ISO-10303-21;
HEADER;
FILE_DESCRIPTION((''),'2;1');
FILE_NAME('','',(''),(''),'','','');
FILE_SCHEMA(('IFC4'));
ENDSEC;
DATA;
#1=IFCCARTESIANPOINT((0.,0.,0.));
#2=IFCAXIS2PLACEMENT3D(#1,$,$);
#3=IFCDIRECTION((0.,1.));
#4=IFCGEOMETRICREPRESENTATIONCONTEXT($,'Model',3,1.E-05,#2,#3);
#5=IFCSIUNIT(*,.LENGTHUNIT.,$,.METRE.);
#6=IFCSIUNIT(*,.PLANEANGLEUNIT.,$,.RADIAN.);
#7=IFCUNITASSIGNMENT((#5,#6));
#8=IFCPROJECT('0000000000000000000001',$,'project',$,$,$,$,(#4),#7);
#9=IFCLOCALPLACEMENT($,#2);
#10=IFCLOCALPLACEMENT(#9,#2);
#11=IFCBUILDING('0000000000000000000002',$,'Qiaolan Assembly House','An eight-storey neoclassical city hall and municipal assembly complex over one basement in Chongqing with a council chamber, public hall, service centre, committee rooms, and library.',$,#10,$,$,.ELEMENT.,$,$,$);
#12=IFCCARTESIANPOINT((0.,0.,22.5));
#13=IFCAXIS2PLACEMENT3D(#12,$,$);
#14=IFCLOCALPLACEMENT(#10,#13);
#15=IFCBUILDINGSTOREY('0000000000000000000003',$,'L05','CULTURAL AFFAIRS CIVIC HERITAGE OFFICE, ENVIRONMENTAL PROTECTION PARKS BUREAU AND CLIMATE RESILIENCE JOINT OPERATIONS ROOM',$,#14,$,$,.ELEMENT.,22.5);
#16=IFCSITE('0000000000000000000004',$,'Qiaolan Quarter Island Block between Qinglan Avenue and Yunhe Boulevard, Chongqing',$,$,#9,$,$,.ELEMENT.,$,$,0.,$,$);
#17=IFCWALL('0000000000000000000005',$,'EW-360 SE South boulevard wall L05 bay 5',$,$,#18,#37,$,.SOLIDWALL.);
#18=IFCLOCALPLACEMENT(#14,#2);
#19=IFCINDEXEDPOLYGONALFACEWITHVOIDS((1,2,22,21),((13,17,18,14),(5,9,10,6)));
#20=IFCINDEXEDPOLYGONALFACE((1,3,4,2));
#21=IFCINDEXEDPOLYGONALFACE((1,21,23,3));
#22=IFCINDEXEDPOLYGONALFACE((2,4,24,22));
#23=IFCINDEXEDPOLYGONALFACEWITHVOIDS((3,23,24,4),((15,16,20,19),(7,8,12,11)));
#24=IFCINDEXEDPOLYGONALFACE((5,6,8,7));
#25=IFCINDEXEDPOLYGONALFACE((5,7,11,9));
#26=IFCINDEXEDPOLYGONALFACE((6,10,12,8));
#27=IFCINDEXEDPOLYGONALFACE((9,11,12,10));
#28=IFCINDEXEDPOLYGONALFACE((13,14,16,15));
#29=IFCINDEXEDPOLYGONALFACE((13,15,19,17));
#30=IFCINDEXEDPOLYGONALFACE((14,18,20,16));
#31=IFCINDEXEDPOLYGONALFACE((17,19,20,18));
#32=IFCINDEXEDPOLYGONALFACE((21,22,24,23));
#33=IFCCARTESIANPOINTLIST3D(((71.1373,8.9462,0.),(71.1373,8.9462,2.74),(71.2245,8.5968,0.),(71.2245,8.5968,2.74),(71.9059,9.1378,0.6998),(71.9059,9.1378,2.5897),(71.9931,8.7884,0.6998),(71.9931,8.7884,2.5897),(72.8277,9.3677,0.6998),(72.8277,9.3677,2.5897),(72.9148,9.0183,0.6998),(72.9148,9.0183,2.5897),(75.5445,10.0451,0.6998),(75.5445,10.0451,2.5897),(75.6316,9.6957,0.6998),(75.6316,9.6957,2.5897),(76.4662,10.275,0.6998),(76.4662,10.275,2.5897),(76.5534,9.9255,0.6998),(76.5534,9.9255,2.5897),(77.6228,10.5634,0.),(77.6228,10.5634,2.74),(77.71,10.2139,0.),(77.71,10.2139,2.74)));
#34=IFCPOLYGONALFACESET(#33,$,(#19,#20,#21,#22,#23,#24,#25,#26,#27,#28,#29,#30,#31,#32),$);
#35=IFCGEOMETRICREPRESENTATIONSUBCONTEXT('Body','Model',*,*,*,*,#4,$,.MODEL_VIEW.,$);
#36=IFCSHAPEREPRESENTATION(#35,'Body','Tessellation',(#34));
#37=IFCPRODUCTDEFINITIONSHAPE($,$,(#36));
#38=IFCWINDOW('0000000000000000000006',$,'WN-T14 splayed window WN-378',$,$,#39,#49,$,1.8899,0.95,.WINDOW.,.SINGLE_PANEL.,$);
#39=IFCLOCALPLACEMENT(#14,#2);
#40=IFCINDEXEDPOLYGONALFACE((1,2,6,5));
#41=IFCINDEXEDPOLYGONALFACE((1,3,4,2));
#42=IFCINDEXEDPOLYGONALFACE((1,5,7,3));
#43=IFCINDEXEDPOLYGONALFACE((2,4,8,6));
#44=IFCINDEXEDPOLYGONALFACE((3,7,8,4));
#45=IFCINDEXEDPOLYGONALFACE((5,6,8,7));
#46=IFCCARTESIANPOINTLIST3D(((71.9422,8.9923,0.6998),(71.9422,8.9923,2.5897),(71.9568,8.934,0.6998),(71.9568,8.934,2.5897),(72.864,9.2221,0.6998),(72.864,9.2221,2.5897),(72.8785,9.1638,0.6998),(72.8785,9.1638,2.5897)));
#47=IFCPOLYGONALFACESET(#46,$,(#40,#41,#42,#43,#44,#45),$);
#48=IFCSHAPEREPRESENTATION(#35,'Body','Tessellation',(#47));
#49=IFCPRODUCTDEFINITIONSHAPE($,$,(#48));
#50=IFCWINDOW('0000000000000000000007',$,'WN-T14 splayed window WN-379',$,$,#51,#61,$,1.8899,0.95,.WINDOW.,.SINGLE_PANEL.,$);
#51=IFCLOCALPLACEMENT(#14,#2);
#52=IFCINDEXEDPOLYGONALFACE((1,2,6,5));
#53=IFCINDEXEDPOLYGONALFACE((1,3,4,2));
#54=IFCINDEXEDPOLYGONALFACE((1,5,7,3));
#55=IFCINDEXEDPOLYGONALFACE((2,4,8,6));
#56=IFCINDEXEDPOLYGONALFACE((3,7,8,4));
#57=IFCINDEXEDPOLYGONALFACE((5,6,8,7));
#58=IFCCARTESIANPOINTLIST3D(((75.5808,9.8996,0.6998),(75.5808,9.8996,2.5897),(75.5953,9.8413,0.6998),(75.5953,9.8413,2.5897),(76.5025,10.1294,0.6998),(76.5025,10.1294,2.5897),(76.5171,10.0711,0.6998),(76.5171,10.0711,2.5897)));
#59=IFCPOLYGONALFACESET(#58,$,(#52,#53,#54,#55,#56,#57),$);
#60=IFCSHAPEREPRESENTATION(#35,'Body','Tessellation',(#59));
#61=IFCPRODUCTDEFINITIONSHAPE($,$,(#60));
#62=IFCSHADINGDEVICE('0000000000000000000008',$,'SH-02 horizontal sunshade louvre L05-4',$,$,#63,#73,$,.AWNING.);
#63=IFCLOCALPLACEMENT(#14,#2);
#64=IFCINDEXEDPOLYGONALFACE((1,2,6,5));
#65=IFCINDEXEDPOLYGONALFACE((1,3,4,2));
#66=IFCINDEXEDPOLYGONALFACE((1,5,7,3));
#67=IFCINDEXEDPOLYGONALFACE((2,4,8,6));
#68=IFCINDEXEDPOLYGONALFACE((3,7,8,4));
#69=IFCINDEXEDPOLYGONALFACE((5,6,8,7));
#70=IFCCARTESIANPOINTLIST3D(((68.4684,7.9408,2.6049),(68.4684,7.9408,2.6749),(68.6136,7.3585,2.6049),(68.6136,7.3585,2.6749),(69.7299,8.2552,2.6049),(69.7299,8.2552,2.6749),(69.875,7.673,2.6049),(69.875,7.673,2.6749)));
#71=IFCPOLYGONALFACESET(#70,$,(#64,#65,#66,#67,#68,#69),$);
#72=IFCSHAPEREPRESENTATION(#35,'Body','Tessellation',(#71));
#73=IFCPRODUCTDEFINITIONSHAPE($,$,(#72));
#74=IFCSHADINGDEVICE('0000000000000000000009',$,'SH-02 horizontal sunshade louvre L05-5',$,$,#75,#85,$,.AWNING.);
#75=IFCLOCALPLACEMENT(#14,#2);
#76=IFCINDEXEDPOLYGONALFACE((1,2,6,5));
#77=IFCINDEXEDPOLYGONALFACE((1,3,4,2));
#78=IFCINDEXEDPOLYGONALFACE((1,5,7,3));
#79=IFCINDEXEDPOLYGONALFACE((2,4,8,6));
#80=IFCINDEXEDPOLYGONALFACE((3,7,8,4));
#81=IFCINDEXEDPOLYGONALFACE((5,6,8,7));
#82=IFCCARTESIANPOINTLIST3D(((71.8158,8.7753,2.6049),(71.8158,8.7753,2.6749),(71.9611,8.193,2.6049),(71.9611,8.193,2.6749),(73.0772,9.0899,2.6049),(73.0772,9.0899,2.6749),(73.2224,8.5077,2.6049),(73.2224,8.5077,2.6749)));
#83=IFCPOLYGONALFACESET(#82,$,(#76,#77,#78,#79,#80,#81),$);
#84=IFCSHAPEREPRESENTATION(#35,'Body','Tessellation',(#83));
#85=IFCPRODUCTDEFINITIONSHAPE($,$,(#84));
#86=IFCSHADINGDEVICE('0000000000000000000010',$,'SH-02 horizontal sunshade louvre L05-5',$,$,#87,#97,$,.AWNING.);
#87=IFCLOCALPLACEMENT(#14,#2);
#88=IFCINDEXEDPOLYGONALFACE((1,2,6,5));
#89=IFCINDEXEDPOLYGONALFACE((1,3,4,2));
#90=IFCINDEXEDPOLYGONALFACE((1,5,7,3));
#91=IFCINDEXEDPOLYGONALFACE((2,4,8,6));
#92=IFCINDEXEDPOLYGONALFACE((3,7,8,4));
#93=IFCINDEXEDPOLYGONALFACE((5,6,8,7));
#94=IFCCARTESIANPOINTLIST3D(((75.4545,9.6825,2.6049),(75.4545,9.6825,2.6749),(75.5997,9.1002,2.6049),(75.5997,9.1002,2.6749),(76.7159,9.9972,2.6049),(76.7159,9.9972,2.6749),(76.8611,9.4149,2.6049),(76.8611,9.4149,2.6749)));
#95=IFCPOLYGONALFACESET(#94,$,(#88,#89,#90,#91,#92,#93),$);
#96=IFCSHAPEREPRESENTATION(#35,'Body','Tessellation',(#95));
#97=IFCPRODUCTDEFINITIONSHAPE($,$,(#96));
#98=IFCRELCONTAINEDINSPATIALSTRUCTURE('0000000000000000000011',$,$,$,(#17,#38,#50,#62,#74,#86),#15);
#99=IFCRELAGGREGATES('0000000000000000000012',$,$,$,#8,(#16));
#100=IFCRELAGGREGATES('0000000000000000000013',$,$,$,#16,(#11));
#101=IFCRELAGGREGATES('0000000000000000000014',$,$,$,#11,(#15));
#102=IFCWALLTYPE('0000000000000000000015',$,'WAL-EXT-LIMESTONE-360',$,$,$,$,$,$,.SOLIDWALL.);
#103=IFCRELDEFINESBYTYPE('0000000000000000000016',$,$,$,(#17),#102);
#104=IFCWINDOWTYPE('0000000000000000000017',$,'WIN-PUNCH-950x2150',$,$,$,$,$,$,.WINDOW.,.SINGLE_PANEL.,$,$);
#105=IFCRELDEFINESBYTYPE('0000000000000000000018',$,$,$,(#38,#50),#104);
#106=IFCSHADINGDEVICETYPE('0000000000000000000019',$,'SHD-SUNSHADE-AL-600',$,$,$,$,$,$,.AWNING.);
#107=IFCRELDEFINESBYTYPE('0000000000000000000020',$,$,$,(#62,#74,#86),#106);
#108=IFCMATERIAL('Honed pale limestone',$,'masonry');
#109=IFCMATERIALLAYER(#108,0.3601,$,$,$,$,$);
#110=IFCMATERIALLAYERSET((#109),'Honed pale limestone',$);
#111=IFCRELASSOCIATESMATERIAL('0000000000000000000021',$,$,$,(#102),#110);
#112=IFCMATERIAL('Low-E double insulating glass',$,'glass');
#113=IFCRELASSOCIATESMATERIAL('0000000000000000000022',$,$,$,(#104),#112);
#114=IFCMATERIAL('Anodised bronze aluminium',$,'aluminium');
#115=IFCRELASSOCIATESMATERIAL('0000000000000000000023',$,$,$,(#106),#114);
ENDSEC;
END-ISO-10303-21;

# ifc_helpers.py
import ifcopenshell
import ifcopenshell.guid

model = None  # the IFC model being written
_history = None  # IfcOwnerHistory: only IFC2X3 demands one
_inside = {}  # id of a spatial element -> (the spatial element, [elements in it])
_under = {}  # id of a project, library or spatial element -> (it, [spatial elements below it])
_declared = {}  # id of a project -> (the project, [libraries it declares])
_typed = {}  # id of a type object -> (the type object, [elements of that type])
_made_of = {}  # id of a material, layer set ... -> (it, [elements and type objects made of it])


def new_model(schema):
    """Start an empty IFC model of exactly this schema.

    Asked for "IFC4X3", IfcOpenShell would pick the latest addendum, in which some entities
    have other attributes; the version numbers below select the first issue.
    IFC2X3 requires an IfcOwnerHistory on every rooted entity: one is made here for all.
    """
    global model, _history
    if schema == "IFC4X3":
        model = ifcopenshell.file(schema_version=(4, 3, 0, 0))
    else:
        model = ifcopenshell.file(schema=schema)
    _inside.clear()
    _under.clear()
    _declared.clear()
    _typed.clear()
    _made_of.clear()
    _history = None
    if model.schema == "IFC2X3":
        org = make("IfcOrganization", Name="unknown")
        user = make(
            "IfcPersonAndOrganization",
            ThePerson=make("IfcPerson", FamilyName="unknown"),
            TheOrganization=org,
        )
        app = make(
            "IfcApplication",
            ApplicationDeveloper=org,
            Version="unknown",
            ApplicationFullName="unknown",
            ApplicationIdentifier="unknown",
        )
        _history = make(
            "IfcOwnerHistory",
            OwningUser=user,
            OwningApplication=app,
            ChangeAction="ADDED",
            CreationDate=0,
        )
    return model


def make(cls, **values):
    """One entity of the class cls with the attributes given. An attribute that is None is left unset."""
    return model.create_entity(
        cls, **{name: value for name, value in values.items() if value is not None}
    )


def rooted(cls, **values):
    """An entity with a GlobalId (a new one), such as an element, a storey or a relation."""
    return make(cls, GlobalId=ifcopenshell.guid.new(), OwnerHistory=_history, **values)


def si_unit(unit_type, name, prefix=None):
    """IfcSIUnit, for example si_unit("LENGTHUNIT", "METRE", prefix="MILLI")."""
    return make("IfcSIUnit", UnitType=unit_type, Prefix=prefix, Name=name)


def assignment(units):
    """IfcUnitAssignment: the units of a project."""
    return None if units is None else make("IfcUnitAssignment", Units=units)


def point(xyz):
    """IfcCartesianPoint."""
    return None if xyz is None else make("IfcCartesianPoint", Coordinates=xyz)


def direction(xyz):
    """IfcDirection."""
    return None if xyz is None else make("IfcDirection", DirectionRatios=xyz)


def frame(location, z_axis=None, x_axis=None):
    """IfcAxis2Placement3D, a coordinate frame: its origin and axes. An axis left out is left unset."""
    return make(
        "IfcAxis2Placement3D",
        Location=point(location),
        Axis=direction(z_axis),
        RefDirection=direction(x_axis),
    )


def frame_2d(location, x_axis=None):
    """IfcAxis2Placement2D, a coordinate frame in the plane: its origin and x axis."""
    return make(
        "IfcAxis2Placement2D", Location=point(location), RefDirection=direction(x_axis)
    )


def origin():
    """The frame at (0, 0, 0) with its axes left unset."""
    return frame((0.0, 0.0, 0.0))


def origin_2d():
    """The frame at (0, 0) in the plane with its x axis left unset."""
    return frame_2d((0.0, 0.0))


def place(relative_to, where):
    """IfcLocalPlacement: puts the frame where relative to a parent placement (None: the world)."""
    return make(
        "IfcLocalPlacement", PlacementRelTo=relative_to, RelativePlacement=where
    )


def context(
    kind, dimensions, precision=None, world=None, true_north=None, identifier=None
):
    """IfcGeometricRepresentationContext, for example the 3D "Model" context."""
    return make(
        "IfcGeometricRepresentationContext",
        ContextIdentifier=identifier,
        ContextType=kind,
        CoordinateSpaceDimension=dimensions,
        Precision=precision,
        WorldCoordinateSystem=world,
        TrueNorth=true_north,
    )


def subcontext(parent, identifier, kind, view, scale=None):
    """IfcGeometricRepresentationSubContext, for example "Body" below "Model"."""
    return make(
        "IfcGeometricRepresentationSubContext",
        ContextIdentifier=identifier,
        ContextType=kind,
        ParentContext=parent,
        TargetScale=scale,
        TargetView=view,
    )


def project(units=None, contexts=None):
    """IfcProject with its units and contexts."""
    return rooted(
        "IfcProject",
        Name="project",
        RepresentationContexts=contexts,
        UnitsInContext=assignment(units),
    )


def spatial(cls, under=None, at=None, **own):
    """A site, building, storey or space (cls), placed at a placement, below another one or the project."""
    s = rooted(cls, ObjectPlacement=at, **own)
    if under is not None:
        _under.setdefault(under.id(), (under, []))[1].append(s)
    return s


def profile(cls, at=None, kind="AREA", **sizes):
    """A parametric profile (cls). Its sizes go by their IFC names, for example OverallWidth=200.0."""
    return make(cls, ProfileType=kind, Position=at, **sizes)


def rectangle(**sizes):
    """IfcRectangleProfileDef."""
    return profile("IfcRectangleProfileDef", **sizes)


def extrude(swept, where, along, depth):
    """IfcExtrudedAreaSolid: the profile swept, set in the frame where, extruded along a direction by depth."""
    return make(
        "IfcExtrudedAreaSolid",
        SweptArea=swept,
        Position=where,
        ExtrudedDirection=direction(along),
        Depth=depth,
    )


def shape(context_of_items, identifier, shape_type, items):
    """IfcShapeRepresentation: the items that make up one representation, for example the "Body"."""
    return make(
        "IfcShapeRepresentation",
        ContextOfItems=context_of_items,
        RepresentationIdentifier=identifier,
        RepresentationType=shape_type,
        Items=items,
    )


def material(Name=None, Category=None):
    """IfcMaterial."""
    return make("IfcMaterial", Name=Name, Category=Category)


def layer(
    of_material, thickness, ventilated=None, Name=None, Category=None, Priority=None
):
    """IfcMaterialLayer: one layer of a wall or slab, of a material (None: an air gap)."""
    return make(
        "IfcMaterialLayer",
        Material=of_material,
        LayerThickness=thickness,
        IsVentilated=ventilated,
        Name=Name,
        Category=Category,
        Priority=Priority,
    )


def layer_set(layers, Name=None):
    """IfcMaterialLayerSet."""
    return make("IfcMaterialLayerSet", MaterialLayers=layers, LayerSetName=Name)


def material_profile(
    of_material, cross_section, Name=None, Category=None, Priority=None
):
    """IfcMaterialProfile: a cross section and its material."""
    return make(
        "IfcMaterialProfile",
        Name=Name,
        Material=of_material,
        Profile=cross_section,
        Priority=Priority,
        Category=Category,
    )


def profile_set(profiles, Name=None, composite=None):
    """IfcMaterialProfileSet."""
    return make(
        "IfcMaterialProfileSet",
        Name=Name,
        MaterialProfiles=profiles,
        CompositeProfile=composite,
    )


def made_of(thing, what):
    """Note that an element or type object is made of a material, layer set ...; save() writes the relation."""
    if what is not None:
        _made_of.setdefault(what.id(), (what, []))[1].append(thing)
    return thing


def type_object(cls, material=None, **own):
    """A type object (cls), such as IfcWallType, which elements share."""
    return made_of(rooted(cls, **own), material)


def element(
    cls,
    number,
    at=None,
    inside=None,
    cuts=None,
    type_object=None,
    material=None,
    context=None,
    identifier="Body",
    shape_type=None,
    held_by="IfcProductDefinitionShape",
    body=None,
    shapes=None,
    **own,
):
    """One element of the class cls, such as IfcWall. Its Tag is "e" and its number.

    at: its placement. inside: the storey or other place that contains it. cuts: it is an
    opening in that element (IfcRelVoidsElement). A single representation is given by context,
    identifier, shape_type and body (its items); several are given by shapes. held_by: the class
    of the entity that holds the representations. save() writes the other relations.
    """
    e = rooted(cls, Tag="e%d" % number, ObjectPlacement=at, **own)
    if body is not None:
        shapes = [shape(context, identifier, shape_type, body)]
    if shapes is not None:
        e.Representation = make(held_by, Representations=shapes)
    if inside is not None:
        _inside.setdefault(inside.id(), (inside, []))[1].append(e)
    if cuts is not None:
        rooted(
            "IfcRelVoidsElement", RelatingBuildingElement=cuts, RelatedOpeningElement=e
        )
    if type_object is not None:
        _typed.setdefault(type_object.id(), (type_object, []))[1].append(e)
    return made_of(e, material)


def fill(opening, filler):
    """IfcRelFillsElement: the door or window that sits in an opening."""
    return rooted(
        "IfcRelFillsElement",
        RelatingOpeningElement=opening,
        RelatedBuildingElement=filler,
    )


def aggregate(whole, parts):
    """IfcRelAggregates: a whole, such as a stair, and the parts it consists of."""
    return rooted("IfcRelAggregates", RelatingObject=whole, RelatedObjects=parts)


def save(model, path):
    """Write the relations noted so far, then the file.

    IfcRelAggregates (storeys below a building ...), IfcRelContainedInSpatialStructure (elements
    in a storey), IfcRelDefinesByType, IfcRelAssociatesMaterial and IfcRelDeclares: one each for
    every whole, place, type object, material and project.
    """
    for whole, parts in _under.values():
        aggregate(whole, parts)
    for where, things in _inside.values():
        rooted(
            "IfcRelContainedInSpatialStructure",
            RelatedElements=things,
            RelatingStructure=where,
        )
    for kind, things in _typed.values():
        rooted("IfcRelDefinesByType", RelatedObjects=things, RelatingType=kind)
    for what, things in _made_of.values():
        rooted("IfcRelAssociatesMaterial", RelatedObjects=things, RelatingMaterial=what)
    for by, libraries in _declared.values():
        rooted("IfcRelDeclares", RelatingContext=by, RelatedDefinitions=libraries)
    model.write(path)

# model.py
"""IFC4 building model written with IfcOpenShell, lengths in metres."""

from ifc_helpers import new_model, si_unit, direction, frame, frame_2d, origin, origin_2d, place, context, subcontext, project, spatial, rectangle, extrude, material, layer, layer_set, material_profile, profile_set, type_object, element, fill, save


model = new_model("IFC4")

# Units and contexts
model_context = context("Model", 3, precision=1e-05, world=origin(), true_north=direction((0.0, 1.0)))
body_context = subcontext(model_context, "Body", "Model", "MODEL_VIEW")
ifc_project = project(units=[si_unit("LENGTHUNIT", "METRE"), si_unit("PLANEANGLEUNIT", "RADIAN")], contexts=[model_context])

# Site, building, storey
site_placement = place(None, origin())
site = spatial("IfcSite", under=ifc_project, at=site_placement, Name="Qiaolan Quarter Island Block between Qinglan Avenue and Yunhe Boulevard, Chongqing", CompositionType="ELEMENT", RefElevation=0.0)
building_placement = place(site_placement, origin())
building = spatial("IfcBuilding", under=site, at=building_placement, Name="Qiaolan Assembly House", Description="An eight-storey neoclassical city hall and municipal assembly complex over one basement in Chongqing with a council chamber, public hall, service centre, committee rooms, and library.", CompositionType="ELEMENT")
storey_placement = place(building_placement, frame((0.0, 0.0, 22.5)))
storey = spatial("IfcBuildingStorey", under=building, at=storey_placement, Name="L05", Description="CULTURAL AFFAIRS CIVIC HERITAGE OFFICE, ENVIRONMENTAL PROTECTION PARKS BUREAU AND CLIMATE RESILIENCE JOINT OPERATIONS ROOM", CompositionType="ELEMENT", Elevation=22.5)

# Shared definitions
ifc_material_1 = material(Name="Honed pale limestone", Category="masonry")

# Wall, openings, windows
ifc_layer_1 = layer(ifc_material_1, 0.3601)
ifc_layer_set_1 = layer_set([ifc_layer_1], Name="Honed pale limestone")
wall_type = type_object("IfcWallType", Name="WAL-EXT-LIMESTONE-360", PredefinedType="SOLIDWALL", material=ifc_layer_set_1)
wall_placement = place(storey_placement, frame((71.1809, 8.7715, 0.0), z_axis=(0.0, 0.0, 1.0), x_axis=(0.970291, 0.241943, 0.0)))
wall = element("IfcWall", 1, at=wall_placement, inside=storey, type_object=wall_type, Name="EW-360 SE South boulevard wall L05 bay 5", PredefinedType="SOLIDWALL", context=body_context, shape_type="SweptSolid", body=[
    extrude(rectangle(XDim=6.6841, YDim=0.3601, at=frame_2d((3.342, 0.0))), origin(), (0.0, 0.0, 1.0), 2.74),
])
opening_1_placement = place(wall_placement, frame((0.792, 0.0, 0.7)))
opening_1 = element("IfcOpeningElement", 2, at=opening_1_placement, cuts=wall, PredefinedType="OPENING", context=body_context, shape_type="SweptSolid", body=[
    extrude(rectangle(XDim=0.95, YDim=1.8899, at=frame_2d((0.4751, 0.9448))), frame((0.0, 0.1899, 0.0), z_axis=(0.0, -1.0, 0.0), x_axis=(1.0, 0.0, 0.0)), (0.0, 0.0, 1.0), 0.3801),
])
opening_2_placement = place(wall_placement, frame((4.542, 0.0, 0.7)))
opening_2 = element("IfcOpeningElement", 3, at=opening_2_placement, cuts=wall, PredefinedType="OPENING", context=body_context, shape_type="SweptSolid", body=[
    extrude(rectangle(XDim=0.95, YDim=1.8899, at=frame_2d((0.4751, 0.9448))), frame((0.0, 0.1899, 0.0), z_axis=(0.0, -1.0, 0.0), x_axis=(1.0, 0.0, 0.0)), (0.0, 0.0, 1.0), 0.3801),
])
ifc_material_2 = material(Name="Low-E double insulating glass", Category="glass")
window_type = type_object("IfcWindowType", Name="WIN-PUNCH-950x2150", PartitioningType="SINGLE_PANEL", PredefinedType="WINDOW", material=ifc_material_2)
window_1_placement = place(opening_1_placement, origin())
window_1 = element("IfcWindow", 4, at=window_1_placement, inside=storey, type_object=window_type, Name="WN-T14 splayed window WN-378", OverallHeight=1.8899, OverallWidth=0.95, PartitioningType="SINGLE_PANEL", PredefinedType="WINDOW", context=body_context, shape_type="SweptSolid", body=[
    extrude(rectangle(XDim=0.95, YDim=1.8899, at=frame_2d((0.4751, 0.9448))), frame((0.0, 0.03, 0.0), z_axis=(0.0, -1.0, 0.0), x_axis=(1.0, 0.0, 0.0)), (0.0, 0.0, 1.0), 0.0601),
])
fill(opening_1, window_1)
window_2_placement = place(opening_2_placement, origin())
window_2 = element("IfcWindow", 5, at=window_2_placement, inside=storey, type_object=window_type, Name="WN-T14 splayed window WN-379", OverallHeight=1.8899, OverallWidth=0.95, PartitioningType="SINGLE_PANEL", PredefinedType="WINDOW", context=body_context, shape_type="SweptSolid", body=[
    extrude(rectangle(XDim=0.95, YDim=1.8899, at=frame_2d((0.4751, 0.9448))), frame((0.0, 0.03, 0.0), z_axis=(0.0, -1.0, 0.0), x_axis=(1.0, 0.0, 0.0)), (0.0, 0.0, 1.0), 0.0601),
])
fill(opening_2, window_2)

# Shading devices
ifc_material_3 = material(Name="Anodised bronze aluminium", Category="aluminium")
ifc_material_profile_1 = material_profile(ifc_material_3, rectangle(XDim=0.6001, YDim=0.0701, at=origin_2d()), Name="SHD 600x70")
ifc_profile_set_1 = profile_set([ifc_material_profile_1], Name="Anodised bronze aluminium")
shading_device_type = type_object("IfcShadingDeviceType", Name="SHD-SUNSHADE-AL-600", PredefinedType="AWNING", material=ifc_profile_set_1)
for number, where, z_axis, x_axis, name in (
    (6, (68.541, 7.6497, 2.6399), (0.970308, 0.241873, 0.0), (-0.241873, 0.970308, 0.0), "SH-02 horizontal sunshade louvre L05-4"),
    (7, (71.8884, 8.4841, 2.6399), (0.970264, 0.24205, 0.0), (-0.24205, 0.970264, 0.0), "SH-02 horizontal sunshade louvre L05-5"),
    (8, (75.5271, 9.3914, 2.6399), (0.970264, 0.24205, 0.0), (-0.24205, 0.970264, 0.0), "SH-02 horizontal sunshade louvre L05-5"),
):
    element("IfcShadingDevice", number, at=place(storey_placement, frame(where, z_axis=z_axis, x_axis=x_axis)), inside=storey, type_object=shading_device_type, Name=name, PredefinedType="AWNING", context=body_context, shape_type="SweptSolid", body=[
        extrude(rectangle(XDim=0.6001, YDim=0.0701, at=origin_2d()), origin(), (0.0, 0.0, 1.0), 1.3),
    ])

save(model, "model.ifc")
